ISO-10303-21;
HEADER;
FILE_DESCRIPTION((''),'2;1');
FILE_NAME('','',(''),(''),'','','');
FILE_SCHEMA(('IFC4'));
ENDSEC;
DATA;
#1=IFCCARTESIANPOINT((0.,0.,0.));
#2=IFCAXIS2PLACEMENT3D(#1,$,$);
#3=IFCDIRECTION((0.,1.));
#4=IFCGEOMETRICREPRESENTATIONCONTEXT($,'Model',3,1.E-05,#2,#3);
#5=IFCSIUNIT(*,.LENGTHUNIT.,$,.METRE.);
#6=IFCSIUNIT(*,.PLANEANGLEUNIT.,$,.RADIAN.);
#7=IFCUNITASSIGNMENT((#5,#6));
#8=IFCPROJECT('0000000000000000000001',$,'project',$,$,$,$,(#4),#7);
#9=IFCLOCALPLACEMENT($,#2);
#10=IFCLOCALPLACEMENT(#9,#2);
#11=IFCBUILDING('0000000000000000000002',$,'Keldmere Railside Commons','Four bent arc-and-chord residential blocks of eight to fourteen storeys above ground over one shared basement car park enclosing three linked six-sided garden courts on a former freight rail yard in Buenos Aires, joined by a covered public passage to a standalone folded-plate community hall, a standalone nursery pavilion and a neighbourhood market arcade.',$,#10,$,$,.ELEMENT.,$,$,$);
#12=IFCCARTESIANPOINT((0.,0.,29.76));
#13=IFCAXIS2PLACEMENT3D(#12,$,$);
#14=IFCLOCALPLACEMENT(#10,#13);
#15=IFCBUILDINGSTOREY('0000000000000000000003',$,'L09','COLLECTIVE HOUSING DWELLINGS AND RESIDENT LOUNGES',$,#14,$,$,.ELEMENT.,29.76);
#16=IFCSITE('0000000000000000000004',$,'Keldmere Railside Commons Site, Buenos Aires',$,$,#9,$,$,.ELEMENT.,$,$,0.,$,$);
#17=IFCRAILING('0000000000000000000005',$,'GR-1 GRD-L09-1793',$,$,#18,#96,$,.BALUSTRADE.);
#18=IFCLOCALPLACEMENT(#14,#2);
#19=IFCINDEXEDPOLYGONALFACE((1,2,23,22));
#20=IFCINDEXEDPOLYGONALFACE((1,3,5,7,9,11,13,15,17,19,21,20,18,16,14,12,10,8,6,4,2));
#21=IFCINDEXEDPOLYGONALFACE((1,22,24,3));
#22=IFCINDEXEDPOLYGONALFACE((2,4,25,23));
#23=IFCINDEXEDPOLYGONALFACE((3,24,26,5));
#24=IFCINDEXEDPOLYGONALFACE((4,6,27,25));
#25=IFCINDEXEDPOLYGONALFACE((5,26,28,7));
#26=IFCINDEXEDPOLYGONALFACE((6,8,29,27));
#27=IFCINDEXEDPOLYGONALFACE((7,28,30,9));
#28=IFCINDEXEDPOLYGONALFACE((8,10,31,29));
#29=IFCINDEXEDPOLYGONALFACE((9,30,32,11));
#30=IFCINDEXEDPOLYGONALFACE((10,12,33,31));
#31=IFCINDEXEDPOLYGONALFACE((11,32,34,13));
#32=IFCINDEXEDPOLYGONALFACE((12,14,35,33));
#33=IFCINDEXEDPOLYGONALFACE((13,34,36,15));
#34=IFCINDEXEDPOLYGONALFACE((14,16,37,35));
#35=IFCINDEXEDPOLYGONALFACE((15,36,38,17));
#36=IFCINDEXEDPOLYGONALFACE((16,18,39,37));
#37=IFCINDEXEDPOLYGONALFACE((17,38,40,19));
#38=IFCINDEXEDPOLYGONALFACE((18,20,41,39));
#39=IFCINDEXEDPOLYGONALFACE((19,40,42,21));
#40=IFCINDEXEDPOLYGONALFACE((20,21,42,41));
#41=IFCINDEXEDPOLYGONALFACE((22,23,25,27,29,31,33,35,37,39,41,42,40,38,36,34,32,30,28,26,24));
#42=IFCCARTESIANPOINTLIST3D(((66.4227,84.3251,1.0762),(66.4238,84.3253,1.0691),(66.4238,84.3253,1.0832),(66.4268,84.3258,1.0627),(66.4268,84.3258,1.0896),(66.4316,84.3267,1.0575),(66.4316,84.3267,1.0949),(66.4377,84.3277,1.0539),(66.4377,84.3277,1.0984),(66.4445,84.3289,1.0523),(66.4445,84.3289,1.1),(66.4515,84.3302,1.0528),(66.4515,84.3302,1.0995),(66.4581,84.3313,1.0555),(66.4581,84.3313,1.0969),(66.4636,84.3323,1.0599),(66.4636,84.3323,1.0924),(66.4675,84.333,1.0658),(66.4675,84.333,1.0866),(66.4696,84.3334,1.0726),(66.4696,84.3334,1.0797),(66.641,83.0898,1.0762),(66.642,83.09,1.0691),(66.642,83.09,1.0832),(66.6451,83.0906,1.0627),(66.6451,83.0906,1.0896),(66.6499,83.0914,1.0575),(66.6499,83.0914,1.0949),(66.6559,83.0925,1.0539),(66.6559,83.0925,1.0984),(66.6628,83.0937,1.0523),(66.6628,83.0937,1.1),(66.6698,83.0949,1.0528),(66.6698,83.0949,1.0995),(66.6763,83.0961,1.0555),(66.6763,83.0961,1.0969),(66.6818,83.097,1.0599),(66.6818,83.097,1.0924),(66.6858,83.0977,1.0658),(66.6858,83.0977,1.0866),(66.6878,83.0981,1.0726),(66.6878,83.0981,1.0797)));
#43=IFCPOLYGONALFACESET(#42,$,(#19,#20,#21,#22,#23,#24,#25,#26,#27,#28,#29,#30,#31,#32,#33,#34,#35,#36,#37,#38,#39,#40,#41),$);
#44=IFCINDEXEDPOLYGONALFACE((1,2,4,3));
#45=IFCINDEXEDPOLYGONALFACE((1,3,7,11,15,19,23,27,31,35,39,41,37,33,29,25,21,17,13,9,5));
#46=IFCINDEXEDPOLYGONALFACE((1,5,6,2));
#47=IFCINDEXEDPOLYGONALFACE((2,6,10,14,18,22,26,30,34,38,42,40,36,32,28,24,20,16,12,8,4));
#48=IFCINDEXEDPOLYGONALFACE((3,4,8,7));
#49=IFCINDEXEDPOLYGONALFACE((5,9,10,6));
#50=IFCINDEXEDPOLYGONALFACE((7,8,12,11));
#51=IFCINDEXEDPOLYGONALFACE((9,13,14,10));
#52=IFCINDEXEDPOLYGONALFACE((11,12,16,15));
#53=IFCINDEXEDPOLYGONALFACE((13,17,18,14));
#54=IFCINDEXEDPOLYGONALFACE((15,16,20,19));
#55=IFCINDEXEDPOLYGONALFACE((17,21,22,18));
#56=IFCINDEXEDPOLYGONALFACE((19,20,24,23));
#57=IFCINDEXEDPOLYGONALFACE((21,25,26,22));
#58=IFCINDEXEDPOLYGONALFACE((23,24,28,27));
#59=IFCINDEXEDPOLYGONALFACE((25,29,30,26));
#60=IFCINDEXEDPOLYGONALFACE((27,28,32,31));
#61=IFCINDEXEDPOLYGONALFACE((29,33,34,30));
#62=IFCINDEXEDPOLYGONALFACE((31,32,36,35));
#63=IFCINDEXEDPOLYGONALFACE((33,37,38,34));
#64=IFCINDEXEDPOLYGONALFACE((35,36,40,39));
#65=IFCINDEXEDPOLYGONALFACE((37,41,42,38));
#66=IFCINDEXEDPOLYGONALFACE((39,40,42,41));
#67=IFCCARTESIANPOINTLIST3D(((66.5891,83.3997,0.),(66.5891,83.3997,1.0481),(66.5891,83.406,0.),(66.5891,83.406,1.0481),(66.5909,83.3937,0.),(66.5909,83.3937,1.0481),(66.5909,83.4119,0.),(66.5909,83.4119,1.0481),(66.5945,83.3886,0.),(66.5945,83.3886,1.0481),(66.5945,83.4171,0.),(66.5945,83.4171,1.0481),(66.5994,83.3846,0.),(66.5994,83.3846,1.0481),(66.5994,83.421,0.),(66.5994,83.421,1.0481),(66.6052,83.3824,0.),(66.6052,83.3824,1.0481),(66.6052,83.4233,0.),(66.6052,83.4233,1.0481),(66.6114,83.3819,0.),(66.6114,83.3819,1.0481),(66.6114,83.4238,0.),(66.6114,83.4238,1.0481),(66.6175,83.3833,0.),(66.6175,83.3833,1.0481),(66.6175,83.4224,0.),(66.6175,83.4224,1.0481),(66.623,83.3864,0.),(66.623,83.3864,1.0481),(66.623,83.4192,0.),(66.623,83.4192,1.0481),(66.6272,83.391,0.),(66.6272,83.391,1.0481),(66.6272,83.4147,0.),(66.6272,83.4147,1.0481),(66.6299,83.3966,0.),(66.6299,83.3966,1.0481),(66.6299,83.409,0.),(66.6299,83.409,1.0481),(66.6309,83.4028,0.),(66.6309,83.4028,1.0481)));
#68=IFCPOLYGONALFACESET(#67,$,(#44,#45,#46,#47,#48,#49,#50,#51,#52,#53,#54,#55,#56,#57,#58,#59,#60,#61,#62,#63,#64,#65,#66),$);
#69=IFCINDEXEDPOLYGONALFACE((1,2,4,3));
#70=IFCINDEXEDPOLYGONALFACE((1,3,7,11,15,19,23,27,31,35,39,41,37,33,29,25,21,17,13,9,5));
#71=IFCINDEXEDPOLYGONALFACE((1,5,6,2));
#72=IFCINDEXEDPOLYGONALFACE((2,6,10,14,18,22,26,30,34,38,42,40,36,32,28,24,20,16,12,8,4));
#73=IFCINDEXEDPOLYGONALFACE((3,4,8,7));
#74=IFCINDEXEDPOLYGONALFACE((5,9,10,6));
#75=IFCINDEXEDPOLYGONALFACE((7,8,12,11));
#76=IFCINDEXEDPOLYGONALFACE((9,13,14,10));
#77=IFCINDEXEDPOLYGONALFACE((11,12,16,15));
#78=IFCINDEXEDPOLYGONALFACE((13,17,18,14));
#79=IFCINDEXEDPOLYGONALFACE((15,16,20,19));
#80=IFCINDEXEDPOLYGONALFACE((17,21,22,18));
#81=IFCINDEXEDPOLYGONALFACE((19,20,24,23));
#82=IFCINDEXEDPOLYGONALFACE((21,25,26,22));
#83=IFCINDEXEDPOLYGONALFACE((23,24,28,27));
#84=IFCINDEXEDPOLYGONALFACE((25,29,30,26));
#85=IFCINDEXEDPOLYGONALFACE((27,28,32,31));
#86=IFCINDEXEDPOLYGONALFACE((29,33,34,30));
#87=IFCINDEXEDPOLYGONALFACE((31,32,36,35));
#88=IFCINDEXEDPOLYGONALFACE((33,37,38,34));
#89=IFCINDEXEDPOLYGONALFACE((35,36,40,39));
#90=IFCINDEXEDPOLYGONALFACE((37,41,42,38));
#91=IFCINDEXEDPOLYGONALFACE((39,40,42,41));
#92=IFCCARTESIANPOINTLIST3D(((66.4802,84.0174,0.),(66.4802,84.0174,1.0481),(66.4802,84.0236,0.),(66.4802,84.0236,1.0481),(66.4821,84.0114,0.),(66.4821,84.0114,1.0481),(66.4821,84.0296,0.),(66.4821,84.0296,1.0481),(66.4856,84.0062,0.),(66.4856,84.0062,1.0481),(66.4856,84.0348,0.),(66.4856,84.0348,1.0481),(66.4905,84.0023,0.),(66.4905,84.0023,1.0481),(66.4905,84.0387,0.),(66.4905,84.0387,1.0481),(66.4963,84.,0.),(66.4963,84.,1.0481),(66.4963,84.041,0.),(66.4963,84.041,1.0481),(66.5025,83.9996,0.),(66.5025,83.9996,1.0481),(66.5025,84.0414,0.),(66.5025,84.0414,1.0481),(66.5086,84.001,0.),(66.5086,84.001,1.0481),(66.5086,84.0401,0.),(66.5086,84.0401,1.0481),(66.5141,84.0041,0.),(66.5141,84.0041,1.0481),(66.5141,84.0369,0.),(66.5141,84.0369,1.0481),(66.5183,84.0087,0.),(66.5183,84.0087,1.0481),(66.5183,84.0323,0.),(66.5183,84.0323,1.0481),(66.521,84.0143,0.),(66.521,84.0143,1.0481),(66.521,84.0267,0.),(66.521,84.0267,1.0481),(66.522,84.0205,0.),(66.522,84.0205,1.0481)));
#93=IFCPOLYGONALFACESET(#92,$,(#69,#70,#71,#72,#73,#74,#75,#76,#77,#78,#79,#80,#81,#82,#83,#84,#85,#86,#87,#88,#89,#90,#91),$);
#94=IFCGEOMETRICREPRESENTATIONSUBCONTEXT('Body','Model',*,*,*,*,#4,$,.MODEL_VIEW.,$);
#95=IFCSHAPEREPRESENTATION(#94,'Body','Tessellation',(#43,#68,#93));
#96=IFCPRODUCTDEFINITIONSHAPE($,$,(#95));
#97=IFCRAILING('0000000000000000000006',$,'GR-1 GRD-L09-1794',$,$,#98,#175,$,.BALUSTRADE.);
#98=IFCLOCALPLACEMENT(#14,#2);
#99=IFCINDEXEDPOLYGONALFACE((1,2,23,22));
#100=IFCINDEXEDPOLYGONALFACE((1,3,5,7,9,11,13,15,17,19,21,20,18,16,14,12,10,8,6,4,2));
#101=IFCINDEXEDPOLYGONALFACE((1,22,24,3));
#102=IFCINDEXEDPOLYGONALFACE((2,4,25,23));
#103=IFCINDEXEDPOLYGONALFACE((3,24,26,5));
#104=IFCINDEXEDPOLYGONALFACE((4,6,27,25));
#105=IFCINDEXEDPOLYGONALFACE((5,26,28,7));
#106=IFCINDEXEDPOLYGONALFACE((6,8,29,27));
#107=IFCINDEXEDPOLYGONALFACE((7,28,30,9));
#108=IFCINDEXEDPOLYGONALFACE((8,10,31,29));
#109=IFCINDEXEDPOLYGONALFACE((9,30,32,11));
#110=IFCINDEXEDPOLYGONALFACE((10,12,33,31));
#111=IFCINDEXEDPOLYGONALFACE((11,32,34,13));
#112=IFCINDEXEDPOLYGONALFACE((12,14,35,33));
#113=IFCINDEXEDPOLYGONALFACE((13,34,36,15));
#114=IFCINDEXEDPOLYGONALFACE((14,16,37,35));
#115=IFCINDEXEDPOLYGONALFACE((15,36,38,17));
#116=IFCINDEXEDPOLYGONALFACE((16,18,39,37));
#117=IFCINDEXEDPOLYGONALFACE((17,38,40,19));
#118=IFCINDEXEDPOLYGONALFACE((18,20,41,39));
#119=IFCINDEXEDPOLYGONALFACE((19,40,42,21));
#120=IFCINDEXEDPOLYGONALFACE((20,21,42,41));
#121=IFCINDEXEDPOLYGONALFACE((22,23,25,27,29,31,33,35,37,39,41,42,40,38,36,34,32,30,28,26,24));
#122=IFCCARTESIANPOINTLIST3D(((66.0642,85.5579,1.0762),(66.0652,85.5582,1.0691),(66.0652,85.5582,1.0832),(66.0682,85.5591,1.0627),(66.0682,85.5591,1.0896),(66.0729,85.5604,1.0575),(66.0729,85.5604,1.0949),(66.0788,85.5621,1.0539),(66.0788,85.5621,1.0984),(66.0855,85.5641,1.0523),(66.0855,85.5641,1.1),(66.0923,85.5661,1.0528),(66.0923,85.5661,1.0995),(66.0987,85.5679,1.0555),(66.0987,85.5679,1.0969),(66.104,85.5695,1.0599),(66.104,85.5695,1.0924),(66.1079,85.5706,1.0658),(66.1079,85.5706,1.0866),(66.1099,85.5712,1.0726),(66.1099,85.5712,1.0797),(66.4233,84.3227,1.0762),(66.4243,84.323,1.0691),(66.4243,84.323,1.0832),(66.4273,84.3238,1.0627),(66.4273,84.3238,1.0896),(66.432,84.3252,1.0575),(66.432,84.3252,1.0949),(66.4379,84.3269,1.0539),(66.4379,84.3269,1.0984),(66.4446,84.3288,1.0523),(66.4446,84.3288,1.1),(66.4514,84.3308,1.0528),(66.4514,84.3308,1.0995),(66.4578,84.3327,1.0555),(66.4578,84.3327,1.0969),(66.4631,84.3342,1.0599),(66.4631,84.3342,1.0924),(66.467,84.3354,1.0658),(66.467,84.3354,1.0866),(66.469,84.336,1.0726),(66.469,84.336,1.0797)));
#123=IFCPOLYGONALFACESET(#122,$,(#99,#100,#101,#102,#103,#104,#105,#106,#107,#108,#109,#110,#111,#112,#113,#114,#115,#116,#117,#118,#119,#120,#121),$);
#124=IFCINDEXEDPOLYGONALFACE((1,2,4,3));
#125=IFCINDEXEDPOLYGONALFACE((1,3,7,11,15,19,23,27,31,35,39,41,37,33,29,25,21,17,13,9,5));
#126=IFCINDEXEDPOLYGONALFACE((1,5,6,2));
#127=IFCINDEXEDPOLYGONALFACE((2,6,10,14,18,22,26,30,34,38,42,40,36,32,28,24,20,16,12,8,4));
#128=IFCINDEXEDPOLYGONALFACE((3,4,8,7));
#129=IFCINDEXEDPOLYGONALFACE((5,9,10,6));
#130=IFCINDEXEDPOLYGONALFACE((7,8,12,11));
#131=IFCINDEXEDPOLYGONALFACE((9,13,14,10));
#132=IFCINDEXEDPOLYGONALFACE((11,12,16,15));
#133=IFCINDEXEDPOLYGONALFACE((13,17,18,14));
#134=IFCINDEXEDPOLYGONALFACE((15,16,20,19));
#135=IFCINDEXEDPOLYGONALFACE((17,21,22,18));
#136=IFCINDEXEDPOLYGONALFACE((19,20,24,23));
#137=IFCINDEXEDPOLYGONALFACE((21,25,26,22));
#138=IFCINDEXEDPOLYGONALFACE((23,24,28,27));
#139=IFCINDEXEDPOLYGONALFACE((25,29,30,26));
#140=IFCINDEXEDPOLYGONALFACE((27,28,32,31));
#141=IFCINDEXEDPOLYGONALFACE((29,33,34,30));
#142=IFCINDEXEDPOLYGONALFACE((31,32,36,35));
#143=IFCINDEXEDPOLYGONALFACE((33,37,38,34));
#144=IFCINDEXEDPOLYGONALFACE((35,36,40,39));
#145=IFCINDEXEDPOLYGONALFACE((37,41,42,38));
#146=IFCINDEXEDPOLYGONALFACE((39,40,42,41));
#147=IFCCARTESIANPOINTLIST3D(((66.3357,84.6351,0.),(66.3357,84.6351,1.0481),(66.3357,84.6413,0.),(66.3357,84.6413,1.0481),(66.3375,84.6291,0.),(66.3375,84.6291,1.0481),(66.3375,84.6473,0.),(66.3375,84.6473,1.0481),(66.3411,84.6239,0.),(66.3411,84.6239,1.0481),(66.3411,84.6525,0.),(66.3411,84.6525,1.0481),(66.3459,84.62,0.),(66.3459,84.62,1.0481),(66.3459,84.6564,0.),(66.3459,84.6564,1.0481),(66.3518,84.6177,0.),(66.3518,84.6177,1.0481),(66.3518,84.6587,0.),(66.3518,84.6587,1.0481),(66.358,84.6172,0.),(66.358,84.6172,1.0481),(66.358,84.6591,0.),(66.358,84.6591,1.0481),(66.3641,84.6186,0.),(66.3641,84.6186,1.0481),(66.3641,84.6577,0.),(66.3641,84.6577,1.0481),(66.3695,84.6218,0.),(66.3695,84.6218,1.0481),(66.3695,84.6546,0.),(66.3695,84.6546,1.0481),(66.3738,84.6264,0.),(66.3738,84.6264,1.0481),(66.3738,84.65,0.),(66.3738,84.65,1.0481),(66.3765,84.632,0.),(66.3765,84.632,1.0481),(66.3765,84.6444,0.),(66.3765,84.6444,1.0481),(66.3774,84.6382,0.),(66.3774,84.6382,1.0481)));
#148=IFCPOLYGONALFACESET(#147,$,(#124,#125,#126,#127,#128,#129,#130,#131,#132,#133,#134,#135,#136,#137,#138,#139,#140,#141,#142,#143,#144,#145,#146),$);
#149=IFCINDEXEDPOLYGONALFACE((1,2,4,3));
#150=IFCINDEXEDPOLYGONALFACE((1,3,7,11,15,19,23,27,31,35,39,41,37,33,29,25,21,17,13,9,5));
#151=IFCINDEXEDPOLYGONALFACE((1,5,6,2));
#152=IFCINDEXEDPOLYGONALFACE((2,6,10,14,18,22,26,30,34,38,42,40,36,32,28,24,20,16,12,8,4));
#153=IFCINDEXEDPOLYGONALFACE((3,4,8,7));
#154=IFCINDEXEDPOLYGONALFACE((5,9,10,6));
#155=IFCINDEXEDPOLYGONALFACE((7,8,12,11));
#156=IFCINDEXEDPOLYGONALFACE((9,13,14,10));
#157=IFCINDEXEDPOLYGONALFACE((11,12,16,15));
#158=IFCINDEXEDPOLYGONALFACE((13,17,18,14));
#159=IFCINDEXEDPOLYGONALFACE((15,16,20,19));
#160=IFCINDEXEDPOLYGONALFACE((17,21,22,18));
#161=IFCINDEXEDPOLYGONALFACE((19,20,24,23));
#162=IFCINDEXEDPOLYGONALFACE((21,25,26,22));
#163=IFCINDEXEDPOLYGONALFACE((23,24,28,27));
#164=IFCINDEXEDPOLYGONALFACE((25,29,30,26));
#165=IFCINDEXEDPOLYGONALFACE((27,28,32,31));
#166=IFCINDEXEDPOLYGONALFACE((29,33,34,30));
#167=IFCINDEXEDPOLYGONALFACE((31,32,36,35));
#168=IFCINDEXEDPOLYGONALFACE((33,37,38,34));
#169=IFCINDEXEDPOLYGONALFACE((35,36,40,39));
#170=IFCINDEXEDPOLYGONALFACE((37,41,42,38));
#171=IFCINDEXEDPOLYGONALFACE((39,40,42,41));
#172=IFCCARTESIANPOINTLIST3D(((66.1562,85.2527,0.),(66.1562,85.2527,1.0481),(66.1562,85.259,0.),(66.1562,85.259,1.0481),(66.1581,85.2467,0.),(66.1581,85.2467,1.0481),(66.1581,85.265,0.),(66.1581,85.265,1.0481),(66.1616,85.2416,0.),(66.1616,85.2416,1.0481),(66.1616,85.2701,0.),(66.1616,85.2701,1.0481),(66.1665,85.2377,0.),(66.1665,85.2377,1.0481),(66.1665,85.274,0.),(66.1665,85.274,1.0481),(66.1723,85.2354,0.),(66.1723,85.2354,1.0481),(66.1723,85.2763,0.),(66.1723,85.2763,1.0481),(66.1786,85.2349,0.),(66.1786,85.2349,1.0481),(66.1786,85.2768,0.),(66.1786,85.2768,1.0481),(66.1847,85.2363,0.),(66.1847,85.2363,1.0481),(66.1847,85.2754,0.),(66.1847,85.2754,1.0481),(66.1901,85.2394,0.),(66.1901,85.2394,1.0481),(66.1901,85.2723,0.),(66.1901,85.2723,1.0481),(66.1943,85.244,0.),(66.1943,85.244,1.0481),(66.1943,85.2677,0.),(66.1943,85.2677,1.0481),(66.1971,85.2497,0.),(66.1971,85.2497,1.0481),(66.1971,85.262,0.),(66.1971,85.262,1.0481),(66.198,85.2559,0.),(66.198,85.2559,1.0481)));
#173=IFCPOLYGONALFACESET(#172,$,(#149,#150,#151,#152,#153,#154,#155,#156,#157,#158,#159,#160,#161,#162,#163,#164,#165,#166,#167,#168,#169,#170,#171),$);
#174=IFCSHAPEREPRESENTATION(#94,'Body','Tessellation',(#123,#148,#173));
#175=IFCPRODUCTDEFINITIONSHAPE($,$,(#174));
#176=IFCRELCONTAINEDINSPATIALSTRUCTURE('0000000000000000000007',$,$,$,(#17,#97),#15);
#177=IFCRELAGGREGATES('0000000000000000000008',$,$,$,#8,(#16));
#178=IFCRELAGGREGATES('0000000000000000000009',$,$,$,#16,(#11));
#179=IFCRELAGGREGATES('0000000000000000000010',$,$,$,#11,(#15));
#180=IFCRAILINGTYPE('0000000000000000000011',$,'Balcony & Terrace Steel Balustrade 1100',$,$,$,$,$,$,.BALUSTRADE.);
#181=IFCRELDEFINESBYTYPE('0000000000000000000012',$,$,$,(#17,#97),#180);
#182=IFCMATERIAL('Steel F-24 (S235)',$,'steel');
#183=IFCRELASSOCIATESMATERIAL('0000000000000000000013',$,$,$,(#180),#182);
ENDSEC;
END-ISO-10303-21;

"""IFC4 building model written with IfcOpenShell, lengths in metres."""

from ifc_helpers import new_model, si_unit, direction, frame, origin, origin_2d, place, context, subcontext, project, spatial, circle, extrude, material, type_object, element, save


model = new_model("IFC4")

# Units and contexts
model_context = context("Model", 3, precision=1e-05, world=origin(), true_north=direction((0.0, 1.0)))
body_context = subcontext(model_context, "Body", "Model", "MODEL_VIEW")
ifc_project = project(units=[si_unit("LENGTHUNIT", "METRE"), si_unit("PLANEANGLEUNIT", "RADIAN")], contexts=[model_context])

# Site, building, storey
site_placement = place(None, origin())
site = spatial("IfcSite", under=ifc_project, at=site_placement, Name="Keldmere Railside Commons Site, Buenos Aires", CompositionType="ELEMENT", RefElevation=0.0)
building_placement = place(site_placement, origin())
building = spatial("IfcBuilding", under=site, at=building_placement, Name="Keldmere Railside Commons", Description="Four bent arc-and-chord residential blocks of eight to fourteen storeys above ground over one shared basement car park enclosing three linked six-sided garden courts on a former freight rail yard in Buenos Aires, joined by a covered public passage to a standalone folded-plate community hall, a standalone nursery pavilion and a neighbourhood market arcade.", CompositionType="ELEMENT")
storey_placement = place(building_placement, frame((0.0, 0.0, 29.76)))
storey = spatial("IfcBuildingStorey", under=building, at=storey_placement, Name="L09", Description="COLLECTIVE HOUSING DWELLINGS AND RESIDENT LOUNGES", CompositionType="ELEMENT", Elevation=29.76)

# Railings
ifc_material_1 = material(Name="Steel F-24 (S235)", Category="steel")
railing_type = type_object("IfcRailingType", Name="Balcony & Terrace Steel Balustrade 1100", PredefinedType="BALUSTRADE", material=ifc_material_1)
railing_1_placement = place(storey_placement, frame((66.6646, 83.094, 0.0)))
element("IfcRailing", 1, at=railing_1_placement, inside=storey, type_object=railing_type, Name="GR-1 GRD-L09-1793", PredefinedType="BALUSTRADE", context=body_context, shape_type="SweptSolid", body=[
    extrude(circle(Radius=0.0239, at=origin_2d()), frame((0.0, 0.0, 1.0762), z_axis=(-0.173985, 0.984748, 0.0), x_axis=(-0.984748, -0.173985, 0.0)), (0.0, 0.0, 1.0), 1.2544),
    extrude(circle(Radius=0.021, at=origin_2d()), frame((-0.0547, 0.3088, 0.0)), (0.0, 0.0, 1.0), 1.0481),
    extrude(circle(Radius=0.021, at=origin_2d()), frame((-0.1636, 0.9265, 0.0)), (0.0, 0.0, 1.0), 1.0481),
])
railing_2_placement = place(storey_placement, frame((66.4463, 84.3293, 0.0)))
element("IfcRailing", 2, at=railing_2_placement, inside=storey, type_object=railing_type, Name="GR-1 GRD-L09-1794", PredefinedType="BALUSTRADE", context=body_context, shape_type="SweptSolid", body=[
    extrude(circle(Radius=0.0239, at=origin_2d()), frame((0.0, 0.0, 1.0762), z_axis=(-0.279155, 0.960246, 0.0), x_axis=(-0.960246, -0.279155, 0.0)), (0.0, 0.0, 1.0), 1.2864),
    extrude(circle(Radius=0.021, at=origin_2d()), frame((-0.0898, 0.3088, 0.0)), (0.0, 0.0, 1.0), 1.0481),
    extrude(circle(Radius=0.021, at=origin_2d()), frame((-0.2693, 0.9265, 0.0)), (0.0, 0.0, 1.0), 1.0481),
])

save(model, "model.ifc")
